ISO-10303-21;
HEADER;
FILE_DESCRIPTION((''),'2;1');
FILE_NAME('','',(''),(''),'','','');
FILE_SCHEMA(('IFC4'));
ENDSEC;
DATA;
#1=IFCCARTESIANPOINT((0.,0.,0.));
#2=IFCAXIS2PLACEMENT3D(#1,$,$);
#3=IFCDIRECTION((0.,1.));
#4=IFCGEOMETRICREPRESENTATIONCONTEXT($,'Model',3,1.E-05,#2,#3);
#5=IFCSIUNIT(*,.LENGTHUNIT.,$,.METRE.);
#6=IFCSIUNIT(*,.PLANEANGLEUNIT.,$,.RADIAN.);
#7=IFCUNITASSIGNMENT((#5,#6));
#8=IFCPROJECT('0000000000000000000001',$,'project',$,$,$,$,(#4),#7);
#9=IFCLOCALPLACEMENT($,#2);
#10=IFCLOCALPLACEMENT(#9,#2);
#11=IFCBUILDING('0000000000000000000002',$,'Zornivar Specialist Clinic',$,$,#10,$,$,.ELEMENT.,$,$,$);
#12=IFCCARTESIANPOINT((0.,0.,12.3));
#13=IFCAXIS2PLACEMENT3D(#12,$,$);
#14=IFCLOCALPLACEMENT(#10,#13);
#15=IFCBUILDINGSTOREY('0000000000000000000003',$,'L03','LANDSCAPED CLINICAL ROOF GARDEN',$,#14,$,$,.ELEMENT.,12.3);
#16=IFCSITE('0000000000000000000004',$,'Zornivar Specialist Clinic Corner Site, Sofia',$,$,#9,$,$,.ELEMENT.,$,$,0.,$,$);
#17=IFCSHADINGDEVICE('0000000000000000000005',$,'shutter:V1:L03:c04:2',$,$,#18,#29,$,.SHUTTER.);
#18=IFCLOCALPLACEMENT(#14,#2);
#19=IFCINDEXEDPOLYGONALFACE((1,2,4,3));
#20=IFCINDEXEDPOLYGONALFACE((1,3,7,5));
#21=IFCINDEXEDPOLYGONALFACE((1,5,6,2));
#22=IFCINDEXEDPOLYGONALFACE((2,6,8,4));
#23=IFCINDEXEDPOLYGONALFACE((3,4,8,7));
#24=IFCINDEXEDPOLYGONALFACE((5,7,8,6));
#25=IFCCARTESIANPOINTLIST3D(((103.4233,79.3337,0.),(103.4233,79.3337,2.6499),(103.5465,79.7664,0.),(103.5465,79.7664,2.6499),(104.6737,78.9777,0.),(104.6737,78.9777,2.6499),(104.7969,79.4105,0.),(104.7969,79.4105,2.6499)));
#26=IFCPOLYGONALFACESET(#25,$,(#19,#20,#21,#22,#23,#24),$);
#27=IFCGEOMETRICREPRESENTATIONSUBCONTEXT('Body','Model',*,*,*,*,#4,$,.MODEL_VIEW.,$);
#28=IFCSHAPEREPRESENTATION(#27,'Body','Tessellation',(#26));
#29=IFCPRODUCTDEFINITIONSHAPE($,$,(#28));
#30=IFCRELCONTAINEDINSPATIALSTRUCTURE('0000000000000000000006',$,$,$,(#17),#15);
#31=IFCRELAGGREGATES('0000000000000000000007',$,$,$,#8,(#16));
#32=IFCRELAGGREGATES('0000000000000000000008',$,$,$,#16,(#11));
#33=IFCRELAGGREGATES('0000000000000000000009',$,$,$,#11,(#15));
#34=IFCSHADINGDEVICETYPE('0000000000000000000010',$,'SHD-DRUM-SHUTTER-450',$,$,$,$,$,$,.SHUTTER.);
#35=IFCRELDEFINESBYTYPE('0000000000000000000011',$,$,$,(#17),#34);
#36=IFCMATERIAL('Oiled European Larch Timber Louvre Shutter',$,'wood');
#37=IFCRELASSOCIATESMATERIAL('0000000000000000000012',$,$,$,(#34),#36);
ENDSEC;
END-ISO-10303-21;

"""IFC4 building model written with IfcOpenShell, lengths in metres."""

from ifc_helpers import new_model, si_unit, direction, frame, origin, origin_2d, place, context, subcontext, project, spatial, rectangle, extrude, material, type_object, element, save


model = new_model("IFC4")

# Units and contexts
model_context = context("Model", 3, precision=1e-05, world=origin(), true_north=direction((0.0, 1.0)))
body_context = subcontext(model_context, "Body", "Model", "MODEL_VIEW")
ifc_project = project(units=[si_unit("LENGTHUNIT", "METRE"), si_unit("PLANEANGLEUNIT", "RADIAN")], contexts=[model_context])

# Site, building, storey
site_placement = place(None, origin())
site = spatial("IfcSite", under=ifc_project, at=site_placement, Name="Zornivar Specialist Clinic Corner Site, Sofia", CompositionType="ELEMENT", RefElevation=0.0)
building_placement = place(site_placement, origin())
building = spatial("IfcBuilding", under=site, at=building_placement, Name="Zornivar Specialist Clinic", CompositionType="ELEMENT")
storey_placement = place(building_placement, frame((0.0, 0.0, 12.3)))
storey = spatial("IfcBuildingStorey", under=building, at=storey_placement, Name="L03", Description="LANDSCAPED CLINICAL ROOF GARDEN", CompositionType="ELEMENT", Elevation=12.3)

# Shading device
ifc_material_1 = material(Name="Oiled European Larch Timber Louvre Shutter", Category="wood")
shading_device_type = type_object("IfcShadingDeviceType", Name="SHD-DRUM-SHUTTER-450", PredefinedType="SHUTTER", material=ifc_material_1)
for number, where, z_axis, x_axis, name in (
    (1, (104.1101, 79.3721, 0.0), (0.0, 0.0, 1.0), (-0.961785, 0.273805, 0.0), "shutter:V1:L03:c04:2"),
):
    element("IfcShadingDevice", number, at=place(storey_placement, frame(where, z_axis=z_axis, x_axis=x_axis)), inside=storey, type_object=shading_device_type, Name=name, PredefinedType="SHUTTER", context=body_context, shape_type="SweptSolid", body=[
        extrude(rectangle(XDim=1.3, YDim=0.45, at=origin_2d()), origin(), (0.0, 0.0, 1.0), 2.6499),
    ])

save(model, "model.ifc")
